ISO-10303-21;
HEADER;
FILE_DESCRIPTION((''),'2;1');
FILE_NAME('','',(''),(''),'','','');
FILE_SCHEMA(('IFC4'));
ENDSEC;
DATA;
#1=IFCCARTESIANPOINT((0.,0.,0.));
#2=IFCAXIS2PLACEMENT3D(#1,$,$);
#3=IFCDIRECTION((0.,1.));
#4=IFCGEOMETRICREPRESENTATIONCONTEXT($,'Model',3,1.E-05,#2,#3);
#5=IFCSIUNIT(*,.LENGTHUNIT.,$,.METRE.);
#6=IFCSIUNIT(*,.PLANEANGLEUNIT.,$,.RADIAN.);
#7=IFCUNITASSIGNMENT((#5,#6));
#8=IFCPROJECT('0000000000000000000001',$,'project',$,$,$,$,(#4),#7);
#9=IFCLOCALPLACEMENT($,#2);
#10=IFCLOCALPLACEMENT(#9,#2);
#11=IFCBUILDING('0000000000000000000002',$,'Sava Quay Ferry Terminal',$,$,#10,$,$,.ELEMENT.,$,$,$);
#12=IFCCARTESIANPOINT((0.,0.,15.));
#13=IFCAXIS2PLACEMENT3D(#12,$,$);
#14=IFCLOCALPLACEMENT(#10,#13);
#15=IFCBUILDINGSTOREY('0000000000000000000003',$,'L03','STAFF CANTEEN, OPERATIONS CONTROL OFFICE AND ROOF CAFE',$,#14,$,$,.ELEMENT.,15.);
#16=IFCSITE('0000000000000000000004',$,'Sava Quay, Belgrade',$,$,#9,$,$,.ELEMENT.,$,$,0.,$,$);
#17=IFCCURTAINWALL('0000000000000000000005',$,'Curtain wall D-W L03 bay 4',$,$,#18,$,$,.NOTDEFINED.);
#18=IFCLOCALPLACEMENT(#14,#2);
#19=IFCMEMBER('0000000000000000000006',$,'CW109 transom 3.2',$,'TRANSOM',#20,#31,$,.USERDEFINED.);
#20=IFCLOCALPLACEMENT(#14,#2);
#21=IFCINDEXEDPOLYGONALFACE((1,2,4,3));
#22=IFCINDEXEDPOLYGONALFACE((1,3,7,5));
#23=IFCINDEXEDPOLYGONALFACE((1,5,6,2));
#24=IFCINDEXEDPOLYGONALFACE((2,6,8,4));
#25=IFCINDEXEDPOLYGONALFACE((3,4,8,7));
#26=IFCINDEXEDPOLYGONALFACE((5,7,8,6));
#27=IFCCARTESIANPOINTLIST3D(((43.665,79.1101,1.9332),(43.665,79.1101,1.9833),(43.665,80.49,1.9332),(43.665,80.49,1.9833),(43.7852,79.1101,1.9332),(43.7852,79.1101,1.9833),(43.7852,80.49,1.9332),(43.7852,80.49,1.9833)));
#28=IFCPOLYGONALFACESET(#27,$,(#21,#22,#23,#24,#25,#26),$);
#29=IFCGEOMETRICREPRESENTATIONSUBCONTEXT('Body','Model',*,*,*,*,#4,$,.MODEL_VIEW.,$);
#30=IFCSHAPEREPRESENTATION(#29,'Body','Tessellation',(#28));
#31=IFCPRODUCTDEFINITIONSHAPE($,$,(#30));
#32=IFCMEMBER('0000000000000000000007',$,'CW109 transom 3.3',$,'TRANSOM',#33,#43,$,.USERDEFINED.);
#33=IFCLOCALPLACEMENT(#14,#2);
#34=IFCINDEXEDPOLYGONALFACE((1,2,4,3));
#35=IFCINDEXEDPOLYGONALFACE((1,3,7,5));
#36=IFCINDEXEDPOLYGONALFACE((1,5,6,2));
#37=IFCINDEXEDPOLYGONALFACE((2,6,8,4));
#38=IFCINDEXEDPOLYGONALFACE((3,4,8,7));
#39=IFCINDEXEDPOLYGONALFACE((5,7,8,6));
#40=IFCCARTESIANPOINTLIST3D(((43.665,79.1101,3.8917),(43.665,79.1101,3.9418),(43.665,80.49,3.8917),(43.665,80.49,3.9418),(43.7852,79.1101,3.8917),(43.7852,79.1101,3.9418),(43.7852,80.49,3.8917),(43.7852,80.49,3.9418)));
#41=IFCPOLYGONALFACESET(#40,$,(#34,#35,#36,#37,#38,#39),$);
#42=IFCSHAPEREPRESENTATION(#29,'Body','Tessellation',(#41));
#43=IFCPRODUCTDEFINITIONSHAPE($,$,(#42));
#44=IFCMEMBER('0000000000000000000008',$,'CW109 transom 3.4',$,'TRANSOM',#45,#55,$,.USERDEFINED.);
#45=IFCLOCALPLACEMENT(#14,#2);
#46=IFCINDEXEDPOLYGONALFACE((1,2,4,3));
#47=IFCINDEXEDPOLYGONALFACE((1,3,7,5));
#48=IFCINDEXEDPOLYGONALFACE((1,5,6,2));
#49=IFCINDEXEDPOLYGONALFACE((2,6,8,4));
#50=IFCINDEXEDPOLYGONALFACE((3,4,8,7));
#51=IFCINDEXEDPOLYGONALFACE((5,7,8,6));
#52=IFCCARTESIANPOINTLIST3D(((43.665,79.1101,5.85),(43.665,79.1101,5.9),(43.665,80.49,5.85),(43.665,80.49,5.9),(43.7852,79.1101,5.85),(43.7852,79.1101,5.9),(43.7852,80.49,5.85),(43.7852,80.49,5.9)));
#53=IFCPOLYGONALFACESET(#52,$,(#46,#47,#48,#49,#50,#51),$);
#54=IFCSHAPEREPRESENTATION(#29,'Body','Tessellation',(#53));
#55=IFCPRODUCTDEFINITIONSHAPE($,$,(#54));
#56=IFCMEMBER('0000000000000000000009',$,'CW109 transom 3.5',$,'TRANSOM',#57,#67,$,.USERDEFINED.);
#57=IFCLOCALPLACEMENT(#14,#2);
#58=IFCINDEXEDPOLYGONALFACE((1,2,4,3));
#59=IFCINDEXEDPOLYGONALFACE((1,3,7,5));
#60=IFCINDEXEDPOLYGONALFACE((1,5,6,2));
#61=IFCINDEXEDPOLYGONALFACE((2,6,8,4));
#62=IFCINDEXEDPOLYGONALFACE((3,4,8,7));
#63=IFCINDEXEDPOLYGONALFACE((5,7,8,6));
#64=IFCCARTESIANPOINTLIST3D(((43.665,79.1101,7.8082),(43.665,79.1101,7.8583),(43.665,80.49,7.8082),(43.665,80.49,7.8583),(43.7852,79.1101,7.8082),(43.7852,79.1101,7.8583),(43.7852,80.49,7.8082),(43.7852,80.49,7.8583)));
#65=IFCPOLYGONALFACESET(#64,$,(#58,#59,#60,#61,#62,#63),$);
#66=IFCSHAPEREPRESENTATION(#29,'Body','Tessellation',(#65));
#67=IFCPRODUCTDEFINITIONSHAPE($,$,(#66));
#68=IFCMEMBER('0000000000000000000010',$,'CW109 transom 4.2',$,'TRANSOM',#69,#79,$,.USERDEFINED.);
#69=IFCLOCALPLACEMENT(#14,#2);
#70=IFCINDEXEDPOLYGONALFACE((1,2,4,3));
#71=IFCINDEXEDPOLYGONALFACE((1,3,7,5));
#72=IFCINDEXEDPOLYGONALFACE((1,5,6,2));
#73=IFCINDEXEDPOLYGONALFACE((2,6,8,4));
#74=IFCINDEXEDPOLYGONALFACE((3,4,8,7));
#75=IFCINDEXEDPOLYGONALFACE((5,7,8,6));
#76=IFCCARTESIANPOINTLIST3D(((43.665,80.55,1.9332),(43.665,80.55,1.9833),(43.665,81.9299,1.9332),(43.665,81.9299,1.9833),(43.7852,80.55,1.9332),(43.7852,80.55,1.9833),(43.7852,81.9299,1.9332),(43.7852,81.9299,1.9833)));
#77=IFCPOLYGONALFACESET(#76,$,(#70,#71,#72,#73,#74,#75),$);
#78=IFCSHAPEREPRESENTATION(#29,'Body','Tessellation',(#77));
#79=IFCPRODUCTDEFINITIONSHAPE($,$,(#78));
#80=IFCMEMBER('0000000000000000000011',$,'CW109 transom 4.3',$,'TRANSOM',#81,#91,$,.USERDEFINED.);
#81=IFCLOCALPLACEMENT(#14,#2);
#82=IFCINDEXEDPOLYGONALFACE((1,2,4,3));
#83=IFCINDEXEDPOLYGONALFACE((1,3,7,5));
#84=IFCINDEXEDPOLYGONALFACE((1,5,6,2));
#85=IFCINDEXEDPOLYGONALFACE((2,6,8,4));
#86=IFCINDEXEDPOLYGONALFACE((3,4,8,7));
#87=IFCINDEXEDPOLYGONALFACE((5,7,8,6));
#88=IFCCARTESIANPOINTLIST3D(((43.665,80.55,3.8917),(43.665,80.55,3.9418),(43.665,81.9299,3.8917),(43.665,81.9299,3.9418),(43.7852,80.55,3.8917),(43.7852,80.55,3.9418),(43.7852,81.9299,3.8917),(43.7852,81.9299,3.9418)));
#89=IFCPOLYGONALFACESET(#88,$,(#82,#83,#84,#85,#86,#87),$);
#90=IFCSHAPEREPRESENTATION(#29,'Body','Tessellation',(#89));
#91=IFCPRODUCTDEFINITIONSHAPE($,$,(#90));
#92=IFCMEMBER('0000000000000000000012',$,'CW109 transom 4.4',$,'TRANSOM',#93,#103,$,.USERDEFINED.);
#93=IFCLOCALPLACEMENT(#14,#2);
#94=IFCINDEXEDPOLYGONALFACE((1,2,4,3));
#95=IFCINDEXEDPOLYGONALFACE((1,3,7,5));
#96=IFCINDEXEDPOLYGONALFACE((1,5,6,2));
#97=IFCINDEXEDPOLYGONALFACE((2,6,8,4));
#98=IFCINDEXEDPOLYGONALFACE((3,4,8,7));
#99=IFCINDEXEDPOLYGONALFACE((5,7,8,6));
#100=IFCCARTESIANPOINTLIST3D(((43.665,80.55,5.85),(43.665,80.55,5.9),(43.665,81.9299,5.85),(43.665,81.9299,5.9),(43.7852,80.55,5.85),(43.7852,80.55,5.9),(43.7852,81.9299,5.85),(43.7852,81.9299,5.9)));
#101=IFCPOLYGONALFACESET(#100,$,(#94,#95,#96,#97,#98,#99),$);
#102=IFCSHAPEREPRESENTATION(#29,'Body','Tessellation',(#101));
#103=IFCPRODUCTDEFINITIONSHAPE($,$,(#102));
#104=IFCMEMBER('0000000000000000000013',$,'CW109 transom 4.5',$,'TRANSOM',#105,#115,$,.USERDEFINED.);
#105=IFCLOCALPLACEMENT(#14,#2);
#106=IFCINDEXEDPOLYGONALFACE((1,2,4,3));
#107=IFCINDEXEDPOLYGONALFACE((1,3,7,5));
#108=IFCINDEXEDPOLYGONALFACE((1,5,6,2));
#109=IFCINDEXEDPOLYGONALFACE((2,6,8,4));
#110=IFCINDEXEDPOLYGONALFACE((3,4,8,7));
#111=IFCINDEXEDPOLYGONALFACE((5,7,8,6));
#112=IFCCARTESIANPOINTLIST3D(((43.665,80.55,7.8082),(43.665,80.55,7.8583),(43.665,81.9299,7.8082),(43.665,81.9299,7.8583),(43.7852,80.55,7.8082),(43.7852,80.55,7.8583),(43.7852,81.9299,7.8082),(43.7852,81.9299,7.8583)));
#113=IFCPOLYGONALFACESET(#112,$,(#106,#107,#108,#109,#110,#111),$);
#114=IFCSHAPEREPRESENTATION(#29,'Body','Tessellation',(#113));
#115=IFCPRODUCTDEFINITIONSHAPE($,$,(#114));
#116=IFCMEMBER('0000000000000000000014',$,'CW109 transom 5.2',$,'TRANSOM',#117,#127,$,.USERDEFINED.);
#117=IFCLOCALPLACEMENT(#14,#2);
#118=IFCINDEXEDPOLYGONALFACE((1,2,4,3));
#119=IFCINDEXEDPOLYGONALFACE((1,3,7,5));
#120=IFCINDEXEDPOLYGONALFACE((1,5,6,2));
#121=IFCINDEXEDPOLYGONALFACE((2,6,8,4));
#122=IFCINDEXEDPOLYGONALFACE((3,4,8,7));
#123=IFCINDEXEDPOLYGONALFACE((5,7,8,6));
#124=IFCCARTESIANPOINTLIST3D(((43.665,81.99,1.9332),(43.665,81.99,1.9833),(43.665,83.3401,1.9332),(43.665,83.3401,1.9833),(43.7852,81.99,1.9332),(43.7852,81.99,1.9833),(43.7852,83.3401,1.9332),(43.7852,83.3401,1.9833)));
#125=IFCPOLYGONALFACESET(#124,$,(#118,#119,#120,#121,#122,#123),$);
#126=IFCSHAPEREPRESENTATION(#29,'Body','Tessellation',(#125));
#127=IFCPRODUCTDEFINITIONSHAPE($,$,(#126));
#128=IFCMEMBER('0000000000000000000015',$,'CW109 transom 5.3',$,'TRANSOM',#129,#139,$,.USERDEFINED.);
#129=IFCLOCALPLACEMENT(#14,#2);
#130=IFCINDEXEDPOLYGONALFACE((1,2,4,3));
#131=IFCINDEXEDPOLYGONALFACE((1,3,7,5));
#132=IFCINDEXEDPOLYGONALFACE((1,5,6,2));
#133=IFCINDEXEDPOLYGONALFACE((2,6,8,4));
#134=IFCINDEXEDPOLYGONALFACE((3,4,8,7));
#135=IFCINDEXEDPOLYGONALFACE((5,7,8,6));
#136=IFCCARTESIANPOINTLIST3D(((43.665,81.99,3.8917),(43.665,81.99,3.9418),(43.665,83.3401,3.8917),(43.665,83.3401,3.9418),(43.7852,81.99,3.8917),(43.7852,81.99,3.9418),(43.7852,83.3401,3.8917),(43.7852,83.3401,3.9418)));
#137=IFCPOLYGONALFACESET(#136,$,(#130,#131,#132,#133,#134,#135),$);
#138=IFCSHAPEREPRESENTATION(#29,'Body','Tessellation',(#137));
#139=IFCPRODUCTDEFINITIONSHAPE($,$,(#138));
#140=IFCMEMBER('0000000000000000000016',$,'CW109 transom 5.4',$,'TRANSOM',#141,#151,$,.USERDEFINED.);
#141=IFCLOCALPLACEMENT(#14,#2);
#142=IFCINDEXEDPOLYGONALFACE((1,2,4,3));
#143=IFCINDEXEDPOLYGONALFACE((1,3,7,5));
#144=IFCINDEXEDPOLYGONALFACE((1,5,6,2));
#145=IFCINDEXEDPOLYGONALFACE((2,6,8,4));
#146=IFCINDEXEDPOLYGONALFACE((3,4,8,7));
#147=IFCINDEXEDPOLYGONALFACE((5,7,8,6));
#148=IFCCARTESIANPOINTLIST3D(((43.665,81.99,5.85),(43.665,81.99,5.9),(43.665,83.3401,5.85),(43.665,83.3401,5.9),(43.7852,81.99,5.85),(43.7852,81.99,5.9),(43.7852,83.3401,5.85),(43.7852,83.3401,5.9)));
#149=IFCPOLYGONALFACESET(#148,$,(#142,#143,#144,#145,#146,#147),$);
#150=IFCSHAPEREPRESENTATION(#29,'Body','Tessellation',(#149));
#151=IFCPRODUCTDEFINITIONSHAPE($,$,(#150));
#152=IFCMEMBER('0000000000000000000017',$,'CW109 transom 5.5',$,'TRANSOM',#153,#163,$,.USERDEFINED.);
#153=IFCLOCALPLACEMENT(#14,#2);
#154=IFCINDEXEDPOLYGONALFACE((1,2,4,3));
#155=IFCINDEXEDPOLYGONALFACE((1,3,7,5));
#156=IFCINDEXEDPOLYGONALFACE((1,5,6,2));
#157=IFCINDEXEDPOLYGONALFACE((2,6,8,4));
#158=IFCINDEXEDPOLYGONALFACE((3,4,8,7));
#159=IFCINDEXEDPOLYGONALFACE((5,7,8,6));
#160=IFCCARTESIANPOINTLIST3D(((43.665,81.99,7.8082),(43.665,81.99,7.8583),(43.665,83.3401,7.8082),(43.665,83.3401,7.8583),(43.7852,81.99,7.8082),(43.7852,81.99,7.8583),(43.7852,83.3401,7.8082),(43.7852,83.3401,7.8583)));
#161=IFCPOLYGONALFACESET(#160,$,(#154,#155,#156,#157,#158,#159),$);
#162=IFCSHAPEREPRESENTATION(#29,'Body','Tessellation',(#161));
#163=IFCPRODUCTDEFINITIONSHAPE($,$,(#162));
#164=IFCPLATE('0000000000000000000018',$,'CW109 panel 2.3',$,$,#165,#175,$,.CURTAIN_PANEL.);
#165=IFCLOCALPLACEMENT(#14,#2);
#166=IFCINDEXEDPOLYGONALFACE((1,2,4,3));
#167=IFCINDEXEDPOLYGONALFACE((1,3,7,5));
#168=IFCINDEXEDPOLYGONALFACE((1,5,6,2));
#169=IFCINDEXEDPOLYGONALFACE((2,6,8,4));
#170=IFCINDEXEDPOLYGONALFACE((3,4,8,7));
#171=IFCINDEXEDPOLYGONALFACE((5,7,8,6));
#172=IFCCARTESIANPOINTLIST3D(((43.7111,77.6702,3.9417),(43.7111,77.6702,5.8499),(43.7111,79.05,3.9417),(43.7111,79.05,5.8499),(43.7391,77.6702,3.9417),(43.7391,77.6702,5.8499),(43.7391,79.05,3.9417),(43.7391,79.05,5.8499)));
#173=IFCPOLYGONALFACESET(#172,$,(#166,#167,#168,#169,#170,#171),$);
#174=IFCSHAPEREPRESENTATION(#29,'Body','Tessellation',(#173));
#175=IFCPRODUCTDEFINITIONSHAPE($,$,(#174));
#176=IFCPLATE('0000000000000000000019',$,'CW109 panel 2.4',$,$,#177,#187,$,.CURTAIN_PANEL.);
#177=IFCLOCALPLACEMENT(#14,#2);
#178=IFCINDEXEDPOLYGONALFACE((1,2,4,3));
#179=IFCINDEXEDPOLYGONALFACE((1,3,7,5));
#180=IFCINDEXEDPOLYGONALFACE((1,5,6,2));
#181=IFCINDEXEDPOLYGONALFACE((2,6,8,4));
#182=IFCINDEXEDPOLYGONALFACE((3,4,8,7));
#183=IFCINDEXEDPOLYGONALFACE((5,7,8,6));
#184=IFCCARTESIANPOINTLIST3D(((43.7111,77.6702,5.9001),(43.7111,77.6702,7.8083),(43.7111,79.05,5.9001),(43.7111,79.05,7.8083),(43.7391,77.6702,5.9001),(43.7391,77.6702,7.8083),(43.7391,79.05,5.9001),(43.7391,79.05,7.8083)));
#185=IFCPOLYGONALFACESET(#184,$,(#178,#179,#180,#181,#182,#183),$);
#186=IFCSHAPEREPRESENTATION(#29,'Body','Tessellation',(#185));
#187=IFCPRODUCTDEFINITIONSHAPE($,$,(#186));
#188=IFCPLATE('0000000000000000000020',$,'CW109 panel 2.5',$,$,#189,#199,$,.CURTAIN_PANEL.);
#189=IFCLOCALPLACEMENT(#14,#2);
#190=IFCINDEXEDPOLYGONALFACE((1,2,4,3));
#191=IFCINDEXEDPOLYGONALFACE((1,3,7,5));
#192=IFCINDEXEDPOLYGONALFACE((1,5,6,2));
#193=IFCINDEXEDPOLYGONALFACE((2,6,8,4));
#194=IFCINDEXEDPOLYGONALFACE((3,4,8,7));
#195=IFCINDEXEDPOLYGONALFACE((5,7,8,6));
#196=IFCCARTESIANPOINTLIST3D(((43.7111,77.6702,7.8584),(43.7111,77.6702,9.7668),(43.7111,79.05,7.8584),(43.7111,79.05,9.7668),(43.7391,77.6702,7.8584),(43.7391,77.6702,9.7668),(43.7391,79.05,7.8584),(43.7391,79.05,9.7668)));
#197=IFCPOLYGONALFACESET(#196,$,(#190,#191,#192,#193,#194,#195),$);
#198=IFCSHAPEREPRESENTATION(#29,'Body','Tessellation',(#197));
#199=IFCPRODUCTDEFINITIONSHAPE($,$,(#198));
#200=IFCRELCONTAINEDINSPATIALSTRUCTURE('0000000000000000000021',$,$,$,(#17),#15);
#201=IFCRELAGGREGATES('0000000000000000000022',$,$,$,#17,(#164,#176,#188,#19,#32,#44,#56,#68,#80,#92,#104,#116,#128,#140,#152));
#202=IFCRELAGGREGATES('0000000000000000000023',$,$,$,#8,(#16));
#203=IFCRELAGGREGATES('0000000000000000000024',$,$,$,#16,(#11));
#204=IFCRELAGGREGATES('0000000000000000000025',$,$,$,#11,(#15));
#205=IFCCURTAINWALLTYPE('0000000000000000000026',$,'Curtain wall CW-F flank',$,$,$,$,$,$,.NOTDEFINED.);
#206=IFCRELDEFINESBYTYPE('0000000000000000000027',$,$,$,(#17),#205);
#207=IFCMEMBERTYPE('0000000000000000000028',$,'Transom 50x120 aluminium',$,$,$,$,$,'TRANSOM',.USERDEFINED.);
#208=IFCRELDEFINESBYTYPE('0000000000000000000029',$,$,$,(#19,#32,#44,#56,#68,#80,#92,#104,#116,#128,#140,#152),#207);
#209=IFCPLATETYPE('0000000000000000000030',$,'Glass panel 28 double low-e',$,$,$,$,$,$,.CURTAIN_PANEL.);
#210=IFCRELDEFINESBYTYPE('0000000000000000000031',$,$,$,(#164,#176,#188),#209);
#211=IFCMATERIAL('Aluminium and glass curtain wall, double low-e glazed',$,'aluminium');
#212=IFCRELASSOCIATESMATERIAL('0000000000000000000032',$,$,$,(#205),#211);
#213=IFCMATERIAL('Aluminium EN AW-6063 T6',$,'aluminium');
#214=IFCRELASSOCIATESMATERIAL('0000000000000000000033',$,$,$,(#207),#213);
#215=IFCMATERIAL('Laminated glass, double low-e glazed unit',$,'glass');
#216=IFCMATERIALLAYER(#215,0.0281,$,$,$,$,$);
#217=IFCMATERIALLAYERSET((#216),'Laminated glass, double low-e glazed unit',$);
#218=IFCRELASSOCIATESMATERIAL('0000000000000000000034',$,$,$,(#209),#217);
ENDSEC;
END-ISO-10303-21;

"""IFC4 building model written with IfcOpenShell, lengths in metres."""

from ifc_helpers import new_model, si_unit, direction, frame, origin, origin_2d, place, context, subcontext, project, spatial, rectangle, extrude, material, layer, layer_set, material_profile, profile_set, type_object, element, aggregate, save


model = new_model("IFC4")

# Units and contexts
model_context = context("Model", 3, precision=1e-05, world=origin(), true_north=direction((0.0, 1.0)))
body_context = subcontext(model_context, "Body", "Model", "MODEL_VIEW")
ifc_project = project(units=[si_unit("LENGTHUNIT", "METRE"), si_unit("PLANEANGLEUNIT", "RADIAN")], contexts=[model_context])

# Site, building, storey
site_placement = place(None, origin())
site = spatial("IfcSite", under=ifc_project, at=site_placement, Name="Sava Quay, Belgrade", CompositionType="ELEMENT", RefElevation=0.0)
building_placement = place(site_placement, origin())
building = spatial("IfcBuilding", under=site, at=building_placement, Name="Sava Quay Ferry Terminal", CompositionType="ELEMENT")
storey_placement = place(building_placement, frame((0.0, 0.0, 15.0)))
storey = spatial("IfcBuildingStorey", under=building, at=storey_placement, Name="L03", Description="STAFF CANTEEN, OPERATIONS CONTROL OFFICE AND ROOF CAFE", CompositionType="ELEMENT", Elevation=15.0)

# Curtain wall, members, plates
ifc_material_1 = material(Name="Aluminium and glass curtain wall, double low-e glazed", Category="aluminium")
curtain_wall_type = type_object("IfcCurtainWallType", Name="Curtain wall CW-F flank", PredefinedType="NOTDEFINED", material=ifc_material_1)
curtain_wall_placement = place(storey_placement, origin())
curtain_wall = element("IfcCurtainWall", 1, at=curtain_wall_placement, inside=storey, type_object=curtain_wall_type, Name="Curtain wall D-W L03 bay 4", PredefinedType="NOTDEFINED")
ifc_material_2 = material(Name="Aluminium EN AW-6063 T6", Category="aluminium")
ifc_material_profile = material_profile(ifc_material_2, rectangle(XDim=0.1201, YDim=0.05, at=origin_2d()), Name="Transom 50x120 aluminium")
ifc_profile_set = profile_set([ifc_material_profile], Name="Aluminium EN AW-6063 T6")
member_type = type_object("IfcMemberType", Name="Transom 50x120 aluminium", ElementType="TRANSOM", PredefinedType="USERDEFINED", material=ifc_profile_set)
member_1_placement = place(storey_placement, frame((43.7251, 79.1101, 1.9583), z_axis=(0.0, 1.0, 0.0), x_axis=(-1.0, 0.0, 0.0)))
member_1 = element("IfcMember", 2, at=member_1_placement, type_object=member_type, Name="CW109 transom 3.2", ObjectType="TRANSOM", PredefinedType="USERDEFINED", context=body_context, shape_type="SweptSolid", body=[
    extrude(rectangle(XDim=0.1201, YDim=0.05, at=origin_2d()), origin(), (0.0, 0.0, 1.0), 1.3799),
])
member_2_placement = place(storey_placement, frame((43.7251, 79.1101, 3.9167), z_axis=(0.0, 1.0, 0.0), x_axis=(-1.0, 0.0, 0.0)))
member_2 = element("IfcMember", 3, at=member_2_placement, type_object=member_type, Name="CW109 transom 3.3", ObjectType="TRANSOM", PredefinedType="USERDEFINED", context=body_context, shape_type="SweptSolid", body=[
    extrude(rectangle(XDim=0.1201, YDim=0.05, at=origin_2d()), origin(), (0.0, 0.0, 1.0), 1.3799),
])
member_3_placement = place(storey_placement, frame((43.7251, 79.1101, 5.875), z_axis=(0.0, 1.0, 0.0), x_axis=(-1.0, 0.0, 0.0)))
member_3 = element("IfcMember", 4, at=member_3_placement, type_object=member_type, Name="CW109 transom 3.4", ObjectType="TRANSOM", PredefinedType="USERDEFINED", context=body_context, shape_type="SweptSolid", body=[
    extrude(rectangle(XDim=0.1201, YDim=0.05, at=origin_2d()), origin(), (0.0, 0.0, 1.0), 1.3799),
])
member_4_placement = place(storey_placement, frame((43.7251, 79.1101, 7.8333), z_axis=(0.0, 1.0, 0.0), x_axis=(-1.0, 0.0, 0.0)))
member_4 = element("IfcMember", 5, at=member_4_placement, type_object=member_type, Name="CW109 transom 3.5", ObjectType="TRANSOM", PredefinedType="USERDEFINED", context=body_context, shape_type="SweptSolid", body=[
    extrude(rectangle(XDim=0.1201, YDim=0.05, at=origin_2d()), origin(), (0.0, 0.0, 1.0), 1.3799),
])
member_5_placement = place(storey_placement, frame((43.7251, 80.55, 1.9583), z_axis=(0.0, 1.0, 0.0), x_axis=(-1.0, 0.0, 0.0)))
member_5 = element("IfcMember", 6, at=member_5_placement, type_object=member_type, Name="CW109 transom 4.2", ObjectType="TRANSOM", PredefinedType="USERDEFINED", context=body_context, shape_type="SweptSolid", body=[
    extrude(rectangle(XDim=0.1201, YDim=0.05, at=origin_2d()), origin(), (0.0, 0.0, 1.0), 1.3799),
])
member_6_placement = place(storey_placement, frame((43.7251, 80.55, 3.9167), z_axis=(0.0, 1.0, 0.0), x_axis=(-1.0, 0.0, 0.0)))
member_6 = element("IfcMember", 7, at=member_6_placement, type_object=member_type, Name="CW109 transom 4.3", ObjectType="TRANSOM", PredefinedType="USERDEFINED", context=body_context, shape_type="SweptSolid", body=[
    extrude(rectangle(XDim=0.1201, YDim=0.05, at=origin_2d()), origin(), (0.0, 0.0, 1.0), 1.3799),
])
member_7_placement = place(storey_placement, frame((43.7251, 80.55, 5.875), z_axis=(0.0, 1.0, 0.0), x_axis=(-1.0, 0.0, 0.0)))
member_7 = element("IfcMember", 8, at=member_7_placement, type_object=member_type, Name="CW109 transom 4.4", ObjectType="TRANSOM", PredefinedType="USERDEFINED", context=body_context, shape_type="SweptSolid", body=[
    extrude(rectangle(XDim=0.1201, YDim=0.05, at=origin_2d()), origin(), (0.0, 0.0, 1.0), 1.3799),
])
member_8_placement = place(storey_placement, frame((43.7251, 80.55, 7.8333), z_axis=(0.0, 1.0, 0.0), x_axis=(-1.0, 0.0, 0.0)))
member_8 = element("IfcMember", 9, at=member_8_placement, type_object=member_type, Name="CW109 transom 4.5", ObjectType="TRANSOM", PredefinedType="USERDEFINED", context=body_context, shape_type="SweptSolid", body=[
    extrude(rectangle(XDim=0.1201, YDim=0.05, at=origin_2d()), origin(), (0.0, 0.0, 1.0), 1.3799),
])
member_9_placement = place(storey_placement, frame((43.7251, 81.99, 1.9583), z_axis=(0.0, 1.0, 0.0), x_axis=(-1.0, 0.0, 0.0)))
member_9 = element("IfcMember", 10, at=member_9_placement, type_object=member_type, Name="CW109 transom 5.2", ObjectType="TRANSOM", PredefinedType="USERDEFINED", context=body_context, shape_type="SweptSolid", body=[
    extrude(rectangle(XDim=0.1201, YDim=0.05, at=origin_2d()), origin(), (0.0, 0.0, 1.0), 1.3501),
])
member_10_placement = place(storey_placement, frame((43.7251, 81.99, 3.9167), z_axis=(0.0, 1.0, 0.0), x_axis=(-1.0, 0.0, 0.0)))
member_10 = element("IfcMember", 11, at=member_10_placement, type_object=member_type, Name="CW109 transom 5.3", ObjectType="TRANSOM", PredefinedType="USERDEFINED", context=body_context, shape_type="SweptSolid", body=[
    extrude(rectangle(XDim=0.1201, YDim=0.05, at=origin_2d()), origin(), (0.0, 0.0, 1.0), 1.3501),
])
member_11_placement = place(storey_placement, frame((43.7251, 81.99, 5.875), z_axis=(0.0, 1.0, 0.0), x_axis=(-1.0, 0.0, 0.0)))
member_11 = element("IfcMember", 12, at=member_11_placement, type_object=member_type, Name="CW109 transom 5.4", ObjectType="TRANSOM", PredefinedType="USERDEFINED", context=body_context, shape_type="SweptSolid", body=[
    extrude(rectangle(XDim=0.1201, YDim=0.05, at=origin_2d()), origin(), (0.0, 0.0, 1.0), 1.3501),
])
member_12_placement = place(storey_placement, frame((43.7251, 81.99, 7.8333), z_axis=(0.0, 1.0, 0.0), x_axis=(-1.0, 0.0, 0.0)))
member_12 = element("IfcMember", 13, at=member_12_placement, type_object=member_type, Name="CW109 transom 5.5", ObjectType="TRANSOM", PredefinedType="USERDEFINED", context=body_context, shape_type="SweptSolid", body=[
    extrude(rectangle(XDim=0.1201, YDim=0.05, at=origin_2d()), origin(), (0.0, 0.0, 1.0), 1.3501),
])
ifc_material_3 = material(Name="Laminated glass, double low-e glazed unit", Category="glass")
ifc_layer = layer(ifc_material_3, 0.0281)
ifc_layer_set = layer_set([ifc_layer], Name="Laminated glass, double low-e glazed unit")
plate_type = type_object("IfcPlateType", Name="Glass panel 28 double low-e", PredefinedType="CURTAIN_PANEL", material=ifc_layer_set)
plate_1_placement = place(storey_placement, frame((43.7251, 78.3601, 3.9417), z_axis=(0.0, 0.0, 1.0), x_axis=(0.0, 1.0, 0.0)))
plate_1 = element("IfcPlate", 14, at=plate_1_placement, type_object=plate_type, Name="CW109 panel 2.3", PredefinedType="CURTAIN_PANEL", context=body_context, shape_type="SweptSolid", body=[
    extrude(rectangle(XDim=1.3799, YDim=0.0281, at=origin_2d()), origin(), (0.0, 0.0, 1.0), 1.9082),
])
plate_2_placement = place(storey_placement, frame((43.7251, 78.3601, 5.9001), z_axis=(0.0, 0.0, 1.0), x_axis=(0.0, 1.0, 0.0)))
plate_2 = element("IfcPlate", 15, at=plate_2_placement, type_object=plate_type, Name="CW109 panel 2.4", PredefinedType="CURTAIN_PANEL", context=body_context, shape_type="SweptSolid", body=[
    extrude(rectangle(XDim=1.3799, YDim=0.0281, at=origin_2d()), origin(), (0.0, 0.0, 1.0), 1.9082),
])
plate_3_placement = place(storey_placement, frame((43.7251, 78.3601, 7.8584), z_axis=(0.0, 0.0, 1.0), x_axis=(0.0, 1.0, 0.0)))
plate_3 = element("IfcPlate", 16, at=plate_3_placement, type_object=plate_type, Name="CW109 panel 2.5", PredefinedType="CURTAIN_PANEL", context=body_context, shape_type="SweptSolid", body=[
    extrude(rectangle(XDim=1.3799, YDim=0.0281, at=origin_2d()), origin(), (0.0, 0.0, 1.0), 1.9084),
])
aggregate(curtain_wall, [plate_1, plate_2, plate_3, member_1, member_2, member_3, member_4, member_5, member_6, member_7, member_8, member_9, member_10, member_11, member_12])

save(model, "model.ifc")
